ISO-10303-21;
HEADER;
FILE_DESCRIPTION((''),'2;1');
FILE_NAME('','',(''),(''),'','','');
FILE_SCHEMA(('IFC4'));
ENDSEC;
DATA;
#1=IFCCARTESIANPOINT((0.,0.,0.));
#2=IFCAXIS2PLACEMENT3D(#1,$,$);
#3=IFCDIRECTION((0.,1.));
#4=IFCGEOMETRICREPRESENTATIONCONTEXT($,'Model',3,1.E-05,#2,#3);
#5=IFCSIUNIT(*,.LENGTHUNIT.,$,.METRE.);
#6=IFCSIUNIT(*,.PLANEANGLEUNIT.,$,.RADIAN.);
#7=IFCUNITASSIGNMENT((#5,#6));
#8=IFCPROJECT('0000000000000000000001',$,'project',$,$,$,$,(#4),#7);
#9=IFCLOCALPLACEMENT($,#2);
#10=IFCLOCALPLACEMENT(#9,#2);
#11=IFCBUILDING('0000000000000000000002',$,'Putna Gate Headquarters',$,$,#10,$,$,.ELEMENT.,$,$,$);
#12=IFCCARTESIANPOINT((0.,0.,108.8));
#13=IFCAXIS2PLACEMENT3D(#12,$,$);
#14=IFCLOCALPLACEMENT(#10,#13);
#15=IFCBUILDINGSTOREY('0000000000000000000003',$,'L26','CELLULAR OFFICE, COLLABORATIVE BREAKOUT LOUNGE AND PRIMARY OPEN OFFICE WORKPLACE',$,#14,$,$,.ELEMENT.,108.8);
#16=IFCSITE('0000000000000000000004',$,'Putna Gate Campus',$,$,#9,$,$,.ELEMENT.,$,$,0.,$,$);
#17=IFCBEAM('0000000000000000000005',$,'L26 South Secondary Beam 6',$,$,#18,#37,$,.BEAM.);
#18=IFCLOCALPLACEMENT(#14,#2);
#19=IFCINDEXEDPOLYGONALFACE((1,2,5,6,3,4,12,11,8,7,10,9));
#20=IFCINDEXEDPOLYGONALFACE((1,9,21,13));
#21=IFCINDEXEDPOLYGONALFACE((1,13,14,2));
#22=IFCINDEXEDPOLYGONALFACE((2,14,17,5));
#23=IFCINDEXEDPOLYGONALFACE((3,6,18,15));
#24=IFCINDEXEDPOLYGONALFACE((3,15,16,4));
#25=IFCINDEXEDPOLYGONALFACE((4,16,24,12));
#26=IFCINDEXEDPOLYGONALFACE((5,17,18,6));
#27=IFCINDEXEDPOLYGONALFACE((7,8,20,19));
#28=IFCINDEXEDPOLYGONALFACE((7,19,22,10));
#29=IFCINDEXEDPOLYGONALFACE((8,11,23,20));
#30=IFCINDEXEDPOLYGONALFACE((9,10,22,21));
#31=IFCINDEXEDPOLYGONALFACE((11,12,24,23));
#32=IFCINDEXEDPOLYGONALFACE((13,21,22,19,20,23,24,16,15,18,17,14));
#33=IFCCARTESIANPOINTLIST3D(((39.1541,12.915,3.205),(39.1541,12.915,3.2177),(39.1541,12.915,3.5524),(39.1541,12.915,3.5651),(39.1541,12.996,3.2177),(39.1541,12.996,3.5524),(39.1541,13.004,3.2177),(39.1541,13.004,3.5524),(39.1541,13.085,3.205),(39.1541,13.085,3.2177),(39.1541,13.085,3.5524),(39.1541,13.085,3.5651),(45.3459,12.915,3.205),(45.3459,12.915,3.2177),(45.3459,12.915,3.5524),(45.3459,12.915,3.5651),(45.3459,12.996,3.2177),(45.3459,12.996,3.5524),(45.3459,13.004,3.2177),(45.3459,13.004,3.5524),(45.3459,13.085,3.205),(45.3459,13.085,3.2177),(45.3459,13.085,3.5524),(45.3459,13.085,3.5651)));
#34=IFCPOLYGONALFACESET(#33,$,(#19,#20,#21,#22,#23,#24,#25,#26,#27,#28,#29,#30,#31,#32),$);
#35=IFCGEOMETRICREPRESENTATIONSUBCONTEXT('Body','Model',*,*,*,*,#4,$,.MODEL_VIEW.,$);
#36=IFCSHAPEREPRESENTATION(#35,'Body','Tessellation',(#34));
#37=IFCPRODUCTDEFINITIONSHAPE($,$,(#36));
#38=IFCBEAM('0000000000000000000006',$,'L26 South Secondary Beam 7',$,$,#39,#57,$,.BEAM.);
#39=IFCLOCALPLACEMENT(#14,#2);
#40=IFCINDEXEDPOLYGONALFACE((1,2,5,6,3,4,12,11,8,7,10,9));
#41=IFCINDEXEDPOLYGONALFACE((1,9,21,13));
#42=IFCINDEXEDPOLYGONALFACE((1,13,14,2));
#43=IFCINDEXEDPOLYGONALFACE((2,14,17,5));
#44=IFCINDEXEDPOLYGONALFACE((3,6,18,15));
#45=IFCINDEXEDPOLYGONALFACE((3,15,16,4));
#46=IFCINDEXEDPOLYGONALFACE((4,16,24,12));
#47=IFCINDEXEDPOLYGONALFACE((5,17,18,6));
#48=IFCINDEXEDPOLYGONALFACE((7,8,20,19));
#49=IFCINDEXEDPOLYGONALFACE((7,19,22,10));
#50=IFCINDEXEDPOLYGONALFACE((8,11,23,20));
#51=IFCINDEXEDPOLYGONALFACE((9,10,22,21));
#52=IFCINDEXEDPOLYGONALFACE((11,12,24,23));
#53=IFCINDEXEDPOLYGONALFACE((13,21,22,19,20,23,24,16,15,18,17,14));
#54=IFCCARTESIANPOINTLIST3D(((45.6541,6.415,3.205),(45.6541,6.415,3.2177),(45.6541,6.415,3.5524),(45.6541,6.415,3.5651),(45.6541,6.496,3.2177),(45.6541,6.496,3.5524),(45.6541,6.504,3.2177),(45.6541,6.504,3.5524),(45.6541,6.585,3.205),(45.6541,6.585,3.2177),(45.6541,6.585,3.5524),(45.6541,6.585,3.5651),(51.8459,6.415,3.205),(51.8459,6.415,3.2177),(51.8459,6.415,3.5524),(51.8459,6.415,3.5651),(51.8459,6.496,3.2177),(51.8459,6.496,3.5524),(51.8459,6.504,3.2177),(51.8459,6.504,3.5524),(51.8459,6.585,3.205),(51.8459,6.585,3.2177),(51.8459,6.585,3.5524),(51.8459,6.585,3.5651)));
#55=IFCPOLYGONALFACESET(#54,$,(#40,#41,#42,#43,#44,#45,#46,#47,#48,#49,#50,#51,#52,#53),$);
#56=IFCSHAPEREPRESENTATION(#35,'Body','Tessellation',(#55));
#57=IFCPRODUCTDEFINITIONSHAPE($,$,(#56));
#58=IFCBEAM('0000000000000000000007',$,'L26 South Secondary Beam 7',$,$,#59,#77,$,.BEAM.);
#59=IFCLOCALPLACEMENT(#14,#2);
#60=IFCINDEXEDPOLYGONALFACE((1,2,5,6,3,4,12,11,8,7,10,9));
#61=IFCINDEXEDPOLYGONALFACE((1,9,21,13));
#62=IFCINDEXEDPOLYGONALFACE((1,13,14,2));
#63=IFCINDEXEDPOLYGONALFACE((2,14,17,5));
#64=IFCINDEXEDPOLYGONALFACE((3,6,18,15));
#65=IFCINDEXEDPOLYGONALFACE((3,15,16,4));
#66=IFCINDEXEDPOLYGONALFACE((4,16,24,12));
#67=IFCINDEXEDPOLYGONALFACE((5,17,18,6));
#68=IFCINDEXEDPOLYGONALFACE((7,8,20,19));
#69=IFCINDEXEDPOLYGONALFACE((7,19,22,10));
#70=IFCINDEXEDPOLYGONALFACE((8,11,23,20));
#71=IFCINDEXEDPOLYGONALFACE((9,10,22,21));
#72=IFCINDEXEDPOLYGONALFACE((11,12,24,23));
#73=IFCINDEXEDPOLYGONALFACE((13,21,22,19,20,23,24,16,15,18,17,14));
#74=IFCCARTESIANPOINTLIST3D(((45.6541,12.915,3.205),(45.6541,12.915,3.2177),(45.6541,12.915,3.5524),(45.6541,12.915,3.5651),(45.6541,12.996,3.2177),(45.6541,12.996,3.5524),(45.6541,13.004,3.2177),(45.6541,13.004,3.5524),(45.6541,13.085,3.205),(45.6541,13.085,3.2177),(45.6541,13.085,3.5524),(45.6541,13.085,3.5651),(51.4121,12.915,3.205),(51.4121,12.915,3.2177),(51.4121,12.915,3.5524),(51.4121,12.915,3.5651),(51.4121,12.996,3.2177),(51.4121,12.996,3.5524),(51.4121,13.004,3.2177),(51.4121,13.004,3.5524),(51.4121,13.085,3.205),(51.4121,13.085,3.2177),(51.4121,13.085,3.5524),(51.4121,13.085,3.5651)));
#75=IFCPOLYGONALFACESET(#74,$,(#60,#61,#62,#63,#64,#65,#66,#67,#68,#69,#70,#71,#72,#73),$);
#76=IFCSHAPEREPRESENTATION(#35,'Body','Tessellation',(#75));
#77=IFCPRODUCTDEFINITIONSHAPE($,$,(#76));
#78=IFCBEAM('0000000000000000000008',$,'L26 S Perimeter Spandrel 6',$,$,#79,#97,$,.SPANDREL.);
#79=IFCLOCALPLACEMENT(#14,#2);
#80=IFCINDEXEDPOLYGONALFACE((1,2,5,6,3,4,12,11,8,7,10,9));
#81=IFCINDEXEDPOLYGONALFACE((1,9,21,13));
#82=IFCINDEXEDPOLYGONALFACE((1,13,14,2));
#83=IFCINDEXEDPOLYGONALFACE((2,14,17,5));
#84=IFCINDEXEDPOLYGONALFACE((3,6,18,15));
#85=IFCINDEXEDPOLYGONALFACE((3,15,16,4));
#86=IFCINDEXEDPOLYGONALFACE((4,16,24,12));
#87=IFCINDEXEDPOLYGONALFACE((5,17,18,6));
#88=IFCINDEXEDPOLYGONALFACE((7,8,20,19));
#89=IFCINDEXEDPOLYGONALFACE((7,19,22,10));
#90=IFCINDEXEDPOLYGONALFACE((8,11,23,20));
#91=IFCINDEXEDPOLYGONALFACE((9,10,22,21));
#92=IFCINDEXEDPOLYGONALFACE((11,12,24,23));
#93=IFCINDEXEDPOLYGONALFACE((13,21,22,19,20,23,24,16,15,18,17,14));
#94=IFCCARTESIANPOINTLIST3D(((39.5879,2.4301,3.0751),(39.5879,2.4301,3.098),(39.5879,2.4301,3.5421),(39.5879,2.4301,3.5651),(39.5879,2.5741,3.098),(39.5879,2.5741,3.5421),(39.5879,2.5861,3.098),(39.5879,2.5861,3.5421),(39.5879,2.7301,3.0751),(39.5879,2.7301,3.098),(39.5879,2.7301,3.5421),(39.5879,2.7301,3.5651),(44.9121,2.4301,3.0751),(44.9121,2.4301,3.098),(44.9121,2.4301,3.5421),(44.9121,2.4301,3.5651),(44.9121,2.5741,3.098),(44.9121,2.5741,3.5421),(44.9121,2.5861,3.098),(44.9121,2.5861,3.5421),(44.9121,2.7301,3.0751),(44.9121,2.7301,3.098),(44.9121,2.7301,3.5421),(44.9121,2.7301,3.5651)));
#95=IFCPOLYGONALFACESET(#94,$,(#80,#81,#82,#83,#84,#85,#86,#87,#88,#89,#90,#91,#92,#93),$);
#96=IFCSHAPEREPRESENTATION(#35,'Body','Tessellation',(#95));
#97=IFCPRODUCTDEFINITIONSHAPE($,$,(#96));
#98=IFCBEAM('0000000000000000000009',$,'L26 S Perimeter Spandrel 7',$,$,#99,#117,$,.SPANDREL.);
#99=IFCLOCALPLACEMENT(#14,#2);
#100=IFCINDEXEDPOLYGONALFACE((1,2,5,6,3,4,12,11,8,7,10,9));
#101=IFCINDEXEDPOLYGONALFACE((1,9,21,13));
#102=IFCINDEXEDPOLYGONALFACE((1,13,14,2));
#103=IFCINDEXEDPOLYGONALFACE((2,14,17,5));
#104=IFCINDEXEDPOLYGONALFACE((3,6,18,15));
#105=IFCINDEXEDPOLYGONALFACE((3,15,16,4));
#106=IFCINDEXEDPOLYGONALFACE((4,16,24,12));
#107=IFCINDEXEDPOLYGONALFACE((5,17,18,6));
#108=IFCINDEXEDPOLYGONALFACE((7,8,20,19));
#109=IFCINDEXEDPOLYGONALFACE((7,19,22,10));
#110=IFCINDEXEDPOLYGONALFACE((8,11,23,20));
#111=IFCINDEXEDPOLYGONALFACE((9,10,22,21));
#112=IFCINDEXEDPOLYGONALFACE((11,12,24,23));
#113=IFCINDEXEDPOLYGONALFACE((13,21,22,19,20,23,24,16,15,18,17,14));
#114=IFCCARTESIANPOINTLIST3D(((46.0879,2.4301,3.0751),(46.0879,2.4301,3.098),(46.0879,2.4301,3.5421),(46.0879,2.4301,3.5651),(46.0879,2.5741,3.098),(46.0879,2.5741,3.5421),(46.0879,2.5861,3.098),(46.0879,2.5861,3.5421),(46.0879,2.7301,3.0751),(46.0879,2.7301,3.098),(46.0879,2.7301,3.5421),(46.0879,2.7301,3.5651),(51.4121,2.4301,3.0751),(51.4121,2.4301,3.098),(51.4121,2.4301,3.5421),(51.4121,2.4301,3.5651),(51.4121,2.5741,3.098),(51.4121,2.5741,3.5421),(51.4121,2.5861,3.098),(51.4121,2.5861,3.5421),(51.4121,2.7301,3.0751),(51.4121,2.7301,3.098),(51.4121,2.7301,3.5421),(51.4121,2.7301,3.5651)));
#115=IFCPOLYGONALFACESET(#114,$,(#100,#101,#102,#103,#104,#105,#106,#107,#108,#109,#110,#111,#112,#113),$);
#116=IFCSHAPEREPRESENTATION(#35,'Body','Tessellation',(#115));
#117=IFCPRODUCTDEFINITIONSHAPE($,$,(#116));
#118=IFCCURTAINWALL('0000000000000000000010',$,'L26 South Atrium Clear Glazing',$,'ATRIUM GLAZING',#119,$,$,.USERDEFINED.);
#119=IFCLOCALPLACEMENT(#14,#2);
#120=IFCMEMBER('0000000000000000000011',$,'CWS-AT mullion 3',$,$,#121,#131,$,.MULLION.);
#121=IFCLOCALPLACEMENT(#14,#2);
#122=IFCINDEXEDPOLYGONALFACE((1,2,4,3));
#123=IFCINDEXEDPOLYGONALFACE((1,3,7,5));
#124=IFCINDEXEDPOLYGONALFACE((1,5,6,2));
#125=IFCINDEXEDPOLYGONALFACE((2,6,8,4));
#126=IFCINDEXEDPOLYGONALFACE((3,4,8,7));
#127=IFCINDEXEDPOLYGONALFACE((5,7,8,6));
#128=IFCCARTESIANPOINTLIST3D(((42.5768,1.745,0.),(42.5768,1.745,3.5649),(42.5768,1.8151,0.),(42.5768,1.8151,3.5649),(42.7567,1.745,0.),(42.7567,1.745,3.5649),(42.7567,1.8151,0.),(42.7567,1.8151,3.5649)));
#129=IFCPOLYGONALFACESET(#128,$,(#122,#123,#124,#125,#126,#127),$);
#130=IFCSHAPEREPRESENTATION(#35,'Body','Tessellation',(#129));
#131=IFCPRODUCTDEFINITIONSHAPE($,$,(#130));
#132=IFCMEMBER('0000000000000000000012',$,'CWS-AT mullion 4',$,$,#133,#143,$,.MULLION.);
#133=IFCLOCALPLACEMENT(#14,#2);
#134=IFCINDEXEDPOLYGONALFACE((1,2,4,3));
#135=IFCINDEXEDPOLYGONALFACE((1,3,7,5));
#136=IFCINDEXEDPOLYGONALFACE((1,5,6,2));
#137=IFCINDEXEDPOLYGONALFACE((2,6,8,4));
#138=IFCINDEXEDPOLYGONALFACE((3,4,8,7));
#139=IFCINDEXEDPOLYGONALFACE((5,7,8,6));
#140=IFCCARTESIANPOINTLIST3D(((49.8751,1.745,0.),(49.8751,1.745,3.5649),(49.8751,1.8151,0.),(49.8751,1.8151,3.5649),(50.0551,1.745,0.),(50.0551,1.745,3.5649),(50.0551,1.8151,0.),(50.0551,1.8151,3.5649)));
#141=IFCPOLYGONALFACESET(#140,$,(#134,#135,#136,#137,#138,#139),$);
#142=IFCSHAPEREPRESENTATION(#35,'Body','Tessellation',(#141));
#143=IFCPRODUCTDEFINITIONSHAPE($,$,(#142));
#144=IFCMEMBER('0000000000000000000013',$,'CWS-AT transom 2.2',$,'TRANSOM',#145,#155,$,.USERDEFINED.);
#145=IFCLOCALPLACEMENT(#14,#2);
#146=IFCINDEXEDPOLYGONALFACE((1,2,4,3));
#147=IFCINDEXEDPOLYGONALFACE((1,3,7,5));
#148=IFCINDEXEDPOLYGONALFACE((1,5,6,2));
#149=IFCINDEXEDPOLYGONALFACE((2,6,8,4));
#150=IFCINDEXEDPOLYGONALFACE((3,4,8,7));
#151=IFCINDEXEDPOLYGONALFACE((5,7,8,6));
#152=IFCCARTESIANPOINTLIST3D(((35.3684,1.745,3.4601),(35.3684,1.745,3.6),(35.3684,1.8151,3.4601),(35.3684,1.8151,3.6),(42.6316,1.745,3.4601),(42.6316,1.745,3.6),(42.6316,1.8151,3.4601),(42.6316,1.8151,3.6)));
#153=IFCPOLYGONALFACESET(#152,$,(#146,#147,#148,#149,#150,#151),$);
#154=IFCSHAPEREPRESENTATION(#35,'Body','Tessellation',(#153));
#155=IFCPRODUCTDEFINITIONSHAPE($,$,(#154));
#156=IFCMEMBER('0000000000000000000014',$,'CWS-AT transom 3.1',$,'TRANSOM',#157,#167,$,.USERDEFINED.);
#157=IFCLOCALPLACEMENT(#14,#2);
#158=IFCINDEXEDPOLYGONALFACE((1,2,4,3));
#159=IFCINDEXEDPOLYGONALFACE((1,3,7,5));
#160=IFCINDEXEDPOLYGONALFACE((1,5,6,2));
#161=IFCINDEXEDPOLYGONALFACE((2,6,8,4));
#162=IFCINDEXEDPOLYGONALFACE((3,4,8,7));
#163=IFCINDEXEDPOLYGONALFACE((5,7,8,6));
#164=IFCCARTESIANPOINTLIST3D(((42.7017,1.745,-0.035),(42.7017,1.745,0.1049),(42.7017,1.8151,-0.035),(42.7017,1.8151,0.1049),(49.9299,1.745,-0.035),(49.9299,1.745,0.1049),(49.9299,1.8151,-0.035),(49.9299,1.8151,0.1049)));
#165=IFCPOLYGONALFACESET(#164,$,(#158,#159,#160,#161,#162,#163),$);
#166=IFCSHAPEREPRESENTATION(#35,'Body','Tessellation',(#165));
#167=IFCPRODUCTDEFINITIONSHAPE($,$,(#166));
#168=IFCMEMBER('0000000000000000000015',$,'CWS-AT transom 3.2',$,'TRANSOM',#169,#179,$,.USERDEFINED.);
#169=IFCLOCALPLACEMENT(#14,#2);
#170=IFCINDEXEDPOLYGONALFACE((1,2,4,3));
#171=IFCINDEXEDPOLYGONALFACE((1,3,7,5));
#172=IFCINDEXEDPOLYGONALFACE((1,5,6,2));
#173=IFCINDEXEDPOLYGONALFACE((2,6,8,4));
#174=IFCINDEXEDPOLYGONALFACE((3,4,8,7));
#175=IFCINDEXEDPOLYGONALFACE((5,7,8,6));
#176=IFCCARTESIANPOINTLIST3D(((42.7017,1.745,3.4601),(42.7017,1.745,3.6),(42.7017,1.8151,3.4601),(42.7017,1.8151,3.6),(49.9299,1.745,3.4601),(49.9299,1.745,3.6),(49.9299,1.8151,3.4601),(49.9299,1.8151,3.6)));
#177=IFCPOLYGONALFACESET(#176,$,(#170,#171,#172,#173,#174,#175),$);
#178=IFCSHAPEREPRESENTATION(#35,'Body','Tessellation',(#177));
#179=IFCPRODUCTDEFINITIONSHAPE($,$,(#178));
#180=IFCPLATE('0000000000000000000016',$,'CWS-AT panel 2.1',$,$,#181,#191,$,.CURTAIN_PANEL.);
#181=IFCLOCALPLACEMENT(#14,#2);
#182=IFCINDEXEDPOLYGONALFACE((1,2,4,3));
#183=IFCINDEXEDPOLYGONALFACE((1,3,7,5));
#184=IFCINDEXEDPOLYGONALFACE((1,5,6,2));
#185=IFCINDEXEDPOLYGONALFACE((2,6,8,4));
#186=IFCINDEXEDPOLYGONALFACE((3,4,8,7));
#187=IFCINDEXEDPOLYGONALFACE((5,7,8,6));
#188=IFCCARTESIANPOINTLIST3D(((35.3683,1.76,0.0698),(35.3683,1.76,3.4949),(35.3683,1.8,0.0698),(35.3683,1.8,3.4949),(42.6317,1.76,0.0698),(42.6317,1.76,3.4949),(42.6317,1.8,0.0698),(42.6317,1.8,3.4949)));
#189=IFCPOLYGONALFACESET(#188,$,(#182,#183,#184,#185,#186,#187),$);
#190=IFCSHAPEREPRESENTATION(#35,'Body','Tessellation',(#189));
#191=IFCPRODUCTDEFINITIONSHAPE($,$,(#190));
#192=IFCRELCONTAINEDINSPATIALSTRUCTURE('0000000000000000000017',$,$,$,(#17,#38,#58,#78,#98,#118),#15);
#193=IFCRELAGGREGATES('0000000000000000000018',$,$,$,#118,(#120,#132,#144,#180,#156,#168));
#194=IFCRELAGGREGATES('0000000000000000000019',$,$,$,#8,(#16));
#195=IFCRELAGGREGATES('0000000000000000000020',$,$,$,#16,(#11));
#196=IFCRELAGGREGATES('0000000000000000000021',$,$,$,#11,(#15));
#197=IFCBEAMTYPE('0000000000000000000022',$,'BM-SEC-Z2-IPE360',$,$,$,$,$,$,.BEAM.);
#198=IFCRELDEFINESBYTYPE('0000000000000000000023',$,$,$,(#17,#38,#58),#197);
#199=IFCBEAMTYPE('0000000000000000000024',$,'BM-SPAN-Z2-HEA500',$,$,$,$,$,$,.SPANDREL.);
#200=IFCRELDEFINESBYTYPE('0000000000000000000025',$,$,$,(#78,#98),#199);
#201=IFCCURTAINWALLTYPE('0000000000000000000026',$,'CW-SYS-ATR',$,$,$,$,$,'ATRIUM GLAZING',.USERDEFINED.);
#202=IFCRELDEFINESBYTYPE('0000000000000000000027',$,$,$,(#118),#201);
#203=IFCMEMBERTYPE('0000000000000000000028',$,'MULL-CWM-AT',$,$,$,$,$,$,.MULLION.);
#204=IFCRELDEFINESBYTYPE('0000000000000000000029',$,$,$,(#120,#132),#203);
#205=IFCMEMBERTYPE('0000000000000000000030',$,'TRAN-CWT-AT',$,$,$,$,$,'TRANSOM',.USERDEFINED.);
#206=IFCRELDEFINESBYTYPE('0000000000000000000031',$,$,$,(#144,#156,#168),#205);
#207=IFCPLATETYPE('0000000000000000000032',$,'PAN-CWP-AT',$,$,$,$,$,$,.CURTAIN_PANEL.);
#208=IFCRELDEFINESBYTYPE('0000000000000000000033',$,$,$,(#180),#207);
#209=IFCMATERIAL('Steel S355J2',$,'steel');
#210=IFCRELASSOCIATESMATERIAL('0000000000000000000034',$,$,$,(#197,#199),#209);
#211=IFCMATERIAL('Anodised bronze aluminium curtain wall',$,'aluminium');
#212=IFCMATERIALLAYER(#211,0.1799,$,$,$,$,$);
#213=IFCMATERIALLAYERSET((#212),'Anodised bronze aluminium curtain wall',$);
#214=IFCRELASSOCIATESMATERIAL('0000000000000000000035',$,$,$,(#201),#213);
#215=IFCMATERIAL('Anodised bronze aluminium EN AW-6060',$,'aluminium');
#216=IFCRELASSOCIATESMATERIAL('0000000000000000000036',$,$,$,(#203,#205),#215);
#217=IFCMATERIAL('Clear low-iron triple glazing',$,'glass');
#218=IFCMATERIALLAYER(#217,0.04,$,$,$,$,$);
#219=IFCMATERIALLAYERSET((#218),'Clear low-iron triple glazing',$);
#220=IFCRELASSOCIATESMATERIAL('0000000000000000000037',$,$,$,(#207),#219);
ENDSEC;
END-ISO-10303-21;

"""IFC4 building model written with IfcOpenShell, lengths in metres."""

from ifc_helpers import new_model, si_unit, direction, frame, origin, origin_2d, place, context, subcontext, project, spatial, rectangle, i_section, extrude, material, layer, layer_set, material_profile, profile_set, type_object, element, aggregate, save


model = new_model("IFC4")

# Units and contexts
model_context = context("Model", 3, precision=1e-05, world=origin(), true_north=direction((0.0, 1.0)))
body_context = subcontext(model_context, "Body", "Model", "MODEL_VIEW")
ifc_project = project(units=[si_unit("LENGTHUNIT", "METRE"), si_unit("PLANEANGLEUNIT", "RADIAN")], contexts=[model_context])

# Site, building, storey
site_placement = place(None, origin())
site = spatial("IfcSite", under=ifc_project, at=site_placement, Name="Putna Gate Campus", CompositionType="ELEMENT", RefElevation=0.0)
building_placement = place(site_placement, origin())
building = spatial("IfcBuilding", under=site, at=building_placement, Name="Putna Gate Headquarters", CompositionType="ELEMENT")
storey_placement = place(building_placement, frame((0.0, 0.0, 108.8)))
storey = spatial("IfcBuildingStorey", under=building, at=storey_placement, Name="L26", Description="CELLULAR OFFICE, COLLABORATIVE BREAKOUT LOUNGE AND PRIMARY OPEN OFFICE WORKPLACE", CompositionType="ELEMENT", Elevation=108.8)

# Beams
ifc_material_1 = material(Name="Steel S355J2", Category="steel")
ifc_material_profile_1 = material_profile(ifc_material_1, i_section(OverallWidth=0.1699, OverallDepth=0.3601, WebThickness=0.0081, FlangeThickness=0.0127, at=origin_2d()), Name="Steel S355J2")
ifc_profile_set_1 = profile_set([ifc_material_profile_1], Name="Steel S355J2")
beam_type_1 = type_object("IfcBeamType", Name="BM-SEC-Z2-IPE360", PredefinedType="BEAM", material=ifc_profile_set_1)
for number, where, z_axis, x_axis, name in (
    (1, (39.1541, 13.0, 3.385), (1.0, 0.0, 0.0), (0.0, 1.0, 0.0), "L26 South Secondary Beam 6"),
    (2, (45.6541, 6.5, 3.385), (1.0, 0.0, 0.0), (0.0, 1.0, 0.0), "L26 South Secondary Beam 7"),
):
    element("IfcBeam", number, at=place(storey_placement, frame(where, z_axis=z_axis, x_axis=x_axis)), inside=storey, type_object=beam_type_1, Name=name, PredefinedType="BEAM", context=body_context, shape_type="SweptSolid", body=[
        extrude(i_section(OverallWidth=0.1699, OverallDepth=0.3601, WebThickness=0.0081, FlangeThickness=0.0127, at=origin_2d()), origin(), (0.0, 0.0, 1.0), 6.1919),
    ])
beam_1_placement = place(storey_placement, frame((45.6541, 13.0, 3.385), z_axis=(1.0, 0.0, 0.0), x_axis=(0.0, 1.0, 0.0)))
element("IfcBeam", 3, at=beam_1_placement, inside=storey, type_object=beam_type_1, Name="L26 South Secondary Beam 7", PredefinedType="BEAM", context=body_context, shape_type="SweptSolid", body=[
    extrude(i_section(OverallWidth=0.1699, OverallDepth=0.3601, WebThickness=0.0081, FlangeThickness=0.0127, at=origin_2d()), origin(), (0.0, 0.0, 1.0), 5.7581),
])
ifc_material_profile_2 = material_profile(ifc_material_1, i_section(OverallWidth=0.3, OverallDepth=0.49, WebThickness=0.012, FlangeThickness=0.0229, at=origin_2d()), Name="Steel S355J2")
ifc_profile_set_2 = profile_set([ifc_material_profile_2], Name="Steel S355J2")
beam_type_2 = type_object("IfcBeamType", Name="BM-SPAN-Z2-HEA500", PredefinedType="SPANDREL", material=ifc_profile_set_2)
for number, where, z_axis, x_axis, name in (
    (4, (39.5879, 2.5801, 3.3201), (1.0, 0.0, 0.0), (0.0, 1.0, 0.0), "L26 S Perimeter Spandrel 6"),
    (5, (46.0879, 2.5801, 3.3201), (1.0, 0.0, 0.0), (0.0, 1.0, 0.0), "L26 S Perimeter Spandrel 7"),
):
    element("IfcBeam", number, at=place(storey_placement, frame(where, z_axis=z_axis, x_axis=x_axis)), inside=storey, type_object=beam_type_2, Name=name, PredefinedType="SPANDREL", context=body_context, shape_type="SweptSolid", body=[
        extrude(i_section(OverallWidth=0.3, OverallDepth=0.49, WebThickness=0.012, FlangeThickness=0.0229, at=origin_2d()), origin(), (0.0, 0.0, 1.0), 5.3242),
    ])

# Curtain wall, members, plate
ifc_material_2 = material(Name="Anodised bronze aluminium curtain wall", Category="aluminium")
ifc_layer_1 = layer(ifc_material_2, 0.1799)
ifc_layer_set_1 = layer_set([ifc_layer_1], Name="Anodised bronze aluminium curtain wall")
curtain_wall_type = type_object("IfcCurtainWallType", Name="CW-SYS-ATR", ElementType="ATRIUM GLAZING", PredefinedType="USERDEFINED", material=ifc_layer_set_1)
curtain_wall_placement = place(storey_placement, origin())
curtain_wall = element("IfcCurtainWall", 6, at=curtain_wall_placement, inside=storey, type_object=curtain_wall_type, Name="L26 South Atrium Clear Glazing", ObjectType="ATRIUM GLAZING", PredefinedType="USERDEFINED")
ifc_material_3 = material(Name="Anodised bronze aluminium EN AW-6060", Category="aluminium")
ifc_material_profile_3 = material_profile(ifc_material_3, rectangle(XDim=0.0701, YDim=0.1799, at=origin_2d()), Name="Anodised bronze aluminium EN AW-6060")
ifc_profile_set_3 = profile_set([ifc_material_profile_3], Name="Anodised bronze aluminium EN AW-6060")
member_type_1 = type_object("IfcMemberType", Name="MULL-CWM-AT", PredefinedType="MULLION", material=ifc_profile_set_3)
member_1_placement = place(storey_placement, frame((42.6667, 1.78, 0.0), z_axis=(0.0, 0.0, 1.0), x_axis=(0.0, 1.0, 0.0)))
member_1 = element("IfcMember", 7, at=member_1_placement, type_object=member_type_1, Name="CWS-AT mullion 3", PredefinedType="MULLION", context=body_context, shape_type="SweptSolid", body=[
    extrude(rectangle(XDim=0.0701, YDim=0.1799, at=origin_2d()), origin(), (0.0, 0.0, 1.0), 3.5649),
])
member_2_placement = place(storey_placement, frame((49.9651, 1.78, 0.0), z_axis=(0.0, 0.0, 1.0), x_axis=(0.0, 1.0, 0.0)))
member_2 = element("IfcMember", 8, at=member_2_placement, type_object=member_type_1, Name="CWS-AT mullion 4", PredefinedType="MULLION", context=body_context, shape_type="SweptSolid", body=[
    extrude(rectangle(XDim=0.0701, YDim=0.1799, at=origin_2d()), origin(), (0.0, 0.0, 1.0), 3.5649),
])
ifc_material_profile_4 = material_profile(ifc_material_3, rectangle(XDim=0.0701, YDim=0.1399, at=origin_2d()), Name="Anodised bronze aluminium EN AW-6060")
ifc_profile_set_4 = profile_set([ifc_material_profile_4], Name="Anodised bronze aluminium EN AW-6060")
member_type_2 = type_object("IfcMemberType", Name="TRAN-CWT-AT", ElementType="TRANSOM", PredefinedType="USERDEFINED", material=ifc_profile_set_4)
member_3_placement = place(storey_placement, frame((35.3684, 1.78, 3.53), z_axis=(1.0, 0.0, 0.0), x_axis=(0.0, 1.0, 0.0)))
member_3 = element("IfcMember", 9, at=member_3_placement, type_object=member_type_2, Name="CWS-AT transom 2.2", ObjectType="TRANSOM", PredefinedType="USERDEFINED", context=body_context, shape_type="SweptSolid", body=[
    extrude(rectangle(XDim=0.0701, YDim=0.1399, at=origin_2d()), origin(), (0.0, 0.0, 1.0), 7.2632),
])
member_4_placement = place(storey_placement, frame((42.7017, 1.78, 0.0349), z_axis=(1.0, 0.0, 0.0), x_axis=(0.0, 1.0, 0.0)))
member_4 = element("IfcMember", 10, at=member_4_placement, type_object=member_type_2, Name="CWS-AT transom 3.1", ObjectType="TRANSOM", PredefinedType="USERDEFINED", context=body_context, shape_type="SweptSolid", body=[
    extrude(rectangle(XDim=0.0701, YDim=0.1399, at=origin_2d()), origin(), (0.0, 0.0, 1.0), 7.2283),
])
member_5_placement = place(storey_placement, frame((42.7017, 1.78, 3.53), z_axis=(1.0, 0.0, 0.0), x_axis=(0.0, 1.0, 0.0)))
member_5 = element("IfcMember", 11, at=member_5_placement, type_object=member_type_2, Name="CWS-AT transom 3.2", ObjectType="TRANSOM", PredefinedType="USERDEFINED", context=body_context, shape_type="SweptSolid", body=[
    extrude(rectangle(XDim=0.0701, YDim=0.1399, at=origin_2d()), origin(), (0.0, 0.0, 1.0), 7.2283),
])
ifc_material_4 = material(Name="Clear low-iron triple glazing", Category="glass")
ifc_layer_2 = layer(ifc_material_4, 0.04)
ifc_layer_set_2 = layer_set([ifc_layer_2], Name="Clear low-iron triple glazing")
plate_type = type_object("IfcPlateType", Name="PAN-CWP-AT", PredefinedType="CURTAIN_PANEL", material=ifc_layer_set_2)
plate_1_placement = place(storey_placement, frame((39.0, 1.78, 0.0698), z_axis=(0.0, 0.0, 1.0), x_axis=(1.0, 0.0, 0.0)))
plate_1 = element("IfcPlate", 12, at=plate_1_placement, type_object=plate_type, Name="CWS-AT panel 2.1", PredefinedType="CURTAIN_PANEL", context=body_context, shape_type="SweptSolid", body=[
    extrude(rectangle(XDim=7.2634, YDim=0.04, at=origin_2d()), origin(), (0.0, 0.0, 1.0), 3.425),
])
aggregate(curtain_wall, [member_1, member_2, member_3, plate_1, member_4, member_5])

save(model, "model.ifc")
